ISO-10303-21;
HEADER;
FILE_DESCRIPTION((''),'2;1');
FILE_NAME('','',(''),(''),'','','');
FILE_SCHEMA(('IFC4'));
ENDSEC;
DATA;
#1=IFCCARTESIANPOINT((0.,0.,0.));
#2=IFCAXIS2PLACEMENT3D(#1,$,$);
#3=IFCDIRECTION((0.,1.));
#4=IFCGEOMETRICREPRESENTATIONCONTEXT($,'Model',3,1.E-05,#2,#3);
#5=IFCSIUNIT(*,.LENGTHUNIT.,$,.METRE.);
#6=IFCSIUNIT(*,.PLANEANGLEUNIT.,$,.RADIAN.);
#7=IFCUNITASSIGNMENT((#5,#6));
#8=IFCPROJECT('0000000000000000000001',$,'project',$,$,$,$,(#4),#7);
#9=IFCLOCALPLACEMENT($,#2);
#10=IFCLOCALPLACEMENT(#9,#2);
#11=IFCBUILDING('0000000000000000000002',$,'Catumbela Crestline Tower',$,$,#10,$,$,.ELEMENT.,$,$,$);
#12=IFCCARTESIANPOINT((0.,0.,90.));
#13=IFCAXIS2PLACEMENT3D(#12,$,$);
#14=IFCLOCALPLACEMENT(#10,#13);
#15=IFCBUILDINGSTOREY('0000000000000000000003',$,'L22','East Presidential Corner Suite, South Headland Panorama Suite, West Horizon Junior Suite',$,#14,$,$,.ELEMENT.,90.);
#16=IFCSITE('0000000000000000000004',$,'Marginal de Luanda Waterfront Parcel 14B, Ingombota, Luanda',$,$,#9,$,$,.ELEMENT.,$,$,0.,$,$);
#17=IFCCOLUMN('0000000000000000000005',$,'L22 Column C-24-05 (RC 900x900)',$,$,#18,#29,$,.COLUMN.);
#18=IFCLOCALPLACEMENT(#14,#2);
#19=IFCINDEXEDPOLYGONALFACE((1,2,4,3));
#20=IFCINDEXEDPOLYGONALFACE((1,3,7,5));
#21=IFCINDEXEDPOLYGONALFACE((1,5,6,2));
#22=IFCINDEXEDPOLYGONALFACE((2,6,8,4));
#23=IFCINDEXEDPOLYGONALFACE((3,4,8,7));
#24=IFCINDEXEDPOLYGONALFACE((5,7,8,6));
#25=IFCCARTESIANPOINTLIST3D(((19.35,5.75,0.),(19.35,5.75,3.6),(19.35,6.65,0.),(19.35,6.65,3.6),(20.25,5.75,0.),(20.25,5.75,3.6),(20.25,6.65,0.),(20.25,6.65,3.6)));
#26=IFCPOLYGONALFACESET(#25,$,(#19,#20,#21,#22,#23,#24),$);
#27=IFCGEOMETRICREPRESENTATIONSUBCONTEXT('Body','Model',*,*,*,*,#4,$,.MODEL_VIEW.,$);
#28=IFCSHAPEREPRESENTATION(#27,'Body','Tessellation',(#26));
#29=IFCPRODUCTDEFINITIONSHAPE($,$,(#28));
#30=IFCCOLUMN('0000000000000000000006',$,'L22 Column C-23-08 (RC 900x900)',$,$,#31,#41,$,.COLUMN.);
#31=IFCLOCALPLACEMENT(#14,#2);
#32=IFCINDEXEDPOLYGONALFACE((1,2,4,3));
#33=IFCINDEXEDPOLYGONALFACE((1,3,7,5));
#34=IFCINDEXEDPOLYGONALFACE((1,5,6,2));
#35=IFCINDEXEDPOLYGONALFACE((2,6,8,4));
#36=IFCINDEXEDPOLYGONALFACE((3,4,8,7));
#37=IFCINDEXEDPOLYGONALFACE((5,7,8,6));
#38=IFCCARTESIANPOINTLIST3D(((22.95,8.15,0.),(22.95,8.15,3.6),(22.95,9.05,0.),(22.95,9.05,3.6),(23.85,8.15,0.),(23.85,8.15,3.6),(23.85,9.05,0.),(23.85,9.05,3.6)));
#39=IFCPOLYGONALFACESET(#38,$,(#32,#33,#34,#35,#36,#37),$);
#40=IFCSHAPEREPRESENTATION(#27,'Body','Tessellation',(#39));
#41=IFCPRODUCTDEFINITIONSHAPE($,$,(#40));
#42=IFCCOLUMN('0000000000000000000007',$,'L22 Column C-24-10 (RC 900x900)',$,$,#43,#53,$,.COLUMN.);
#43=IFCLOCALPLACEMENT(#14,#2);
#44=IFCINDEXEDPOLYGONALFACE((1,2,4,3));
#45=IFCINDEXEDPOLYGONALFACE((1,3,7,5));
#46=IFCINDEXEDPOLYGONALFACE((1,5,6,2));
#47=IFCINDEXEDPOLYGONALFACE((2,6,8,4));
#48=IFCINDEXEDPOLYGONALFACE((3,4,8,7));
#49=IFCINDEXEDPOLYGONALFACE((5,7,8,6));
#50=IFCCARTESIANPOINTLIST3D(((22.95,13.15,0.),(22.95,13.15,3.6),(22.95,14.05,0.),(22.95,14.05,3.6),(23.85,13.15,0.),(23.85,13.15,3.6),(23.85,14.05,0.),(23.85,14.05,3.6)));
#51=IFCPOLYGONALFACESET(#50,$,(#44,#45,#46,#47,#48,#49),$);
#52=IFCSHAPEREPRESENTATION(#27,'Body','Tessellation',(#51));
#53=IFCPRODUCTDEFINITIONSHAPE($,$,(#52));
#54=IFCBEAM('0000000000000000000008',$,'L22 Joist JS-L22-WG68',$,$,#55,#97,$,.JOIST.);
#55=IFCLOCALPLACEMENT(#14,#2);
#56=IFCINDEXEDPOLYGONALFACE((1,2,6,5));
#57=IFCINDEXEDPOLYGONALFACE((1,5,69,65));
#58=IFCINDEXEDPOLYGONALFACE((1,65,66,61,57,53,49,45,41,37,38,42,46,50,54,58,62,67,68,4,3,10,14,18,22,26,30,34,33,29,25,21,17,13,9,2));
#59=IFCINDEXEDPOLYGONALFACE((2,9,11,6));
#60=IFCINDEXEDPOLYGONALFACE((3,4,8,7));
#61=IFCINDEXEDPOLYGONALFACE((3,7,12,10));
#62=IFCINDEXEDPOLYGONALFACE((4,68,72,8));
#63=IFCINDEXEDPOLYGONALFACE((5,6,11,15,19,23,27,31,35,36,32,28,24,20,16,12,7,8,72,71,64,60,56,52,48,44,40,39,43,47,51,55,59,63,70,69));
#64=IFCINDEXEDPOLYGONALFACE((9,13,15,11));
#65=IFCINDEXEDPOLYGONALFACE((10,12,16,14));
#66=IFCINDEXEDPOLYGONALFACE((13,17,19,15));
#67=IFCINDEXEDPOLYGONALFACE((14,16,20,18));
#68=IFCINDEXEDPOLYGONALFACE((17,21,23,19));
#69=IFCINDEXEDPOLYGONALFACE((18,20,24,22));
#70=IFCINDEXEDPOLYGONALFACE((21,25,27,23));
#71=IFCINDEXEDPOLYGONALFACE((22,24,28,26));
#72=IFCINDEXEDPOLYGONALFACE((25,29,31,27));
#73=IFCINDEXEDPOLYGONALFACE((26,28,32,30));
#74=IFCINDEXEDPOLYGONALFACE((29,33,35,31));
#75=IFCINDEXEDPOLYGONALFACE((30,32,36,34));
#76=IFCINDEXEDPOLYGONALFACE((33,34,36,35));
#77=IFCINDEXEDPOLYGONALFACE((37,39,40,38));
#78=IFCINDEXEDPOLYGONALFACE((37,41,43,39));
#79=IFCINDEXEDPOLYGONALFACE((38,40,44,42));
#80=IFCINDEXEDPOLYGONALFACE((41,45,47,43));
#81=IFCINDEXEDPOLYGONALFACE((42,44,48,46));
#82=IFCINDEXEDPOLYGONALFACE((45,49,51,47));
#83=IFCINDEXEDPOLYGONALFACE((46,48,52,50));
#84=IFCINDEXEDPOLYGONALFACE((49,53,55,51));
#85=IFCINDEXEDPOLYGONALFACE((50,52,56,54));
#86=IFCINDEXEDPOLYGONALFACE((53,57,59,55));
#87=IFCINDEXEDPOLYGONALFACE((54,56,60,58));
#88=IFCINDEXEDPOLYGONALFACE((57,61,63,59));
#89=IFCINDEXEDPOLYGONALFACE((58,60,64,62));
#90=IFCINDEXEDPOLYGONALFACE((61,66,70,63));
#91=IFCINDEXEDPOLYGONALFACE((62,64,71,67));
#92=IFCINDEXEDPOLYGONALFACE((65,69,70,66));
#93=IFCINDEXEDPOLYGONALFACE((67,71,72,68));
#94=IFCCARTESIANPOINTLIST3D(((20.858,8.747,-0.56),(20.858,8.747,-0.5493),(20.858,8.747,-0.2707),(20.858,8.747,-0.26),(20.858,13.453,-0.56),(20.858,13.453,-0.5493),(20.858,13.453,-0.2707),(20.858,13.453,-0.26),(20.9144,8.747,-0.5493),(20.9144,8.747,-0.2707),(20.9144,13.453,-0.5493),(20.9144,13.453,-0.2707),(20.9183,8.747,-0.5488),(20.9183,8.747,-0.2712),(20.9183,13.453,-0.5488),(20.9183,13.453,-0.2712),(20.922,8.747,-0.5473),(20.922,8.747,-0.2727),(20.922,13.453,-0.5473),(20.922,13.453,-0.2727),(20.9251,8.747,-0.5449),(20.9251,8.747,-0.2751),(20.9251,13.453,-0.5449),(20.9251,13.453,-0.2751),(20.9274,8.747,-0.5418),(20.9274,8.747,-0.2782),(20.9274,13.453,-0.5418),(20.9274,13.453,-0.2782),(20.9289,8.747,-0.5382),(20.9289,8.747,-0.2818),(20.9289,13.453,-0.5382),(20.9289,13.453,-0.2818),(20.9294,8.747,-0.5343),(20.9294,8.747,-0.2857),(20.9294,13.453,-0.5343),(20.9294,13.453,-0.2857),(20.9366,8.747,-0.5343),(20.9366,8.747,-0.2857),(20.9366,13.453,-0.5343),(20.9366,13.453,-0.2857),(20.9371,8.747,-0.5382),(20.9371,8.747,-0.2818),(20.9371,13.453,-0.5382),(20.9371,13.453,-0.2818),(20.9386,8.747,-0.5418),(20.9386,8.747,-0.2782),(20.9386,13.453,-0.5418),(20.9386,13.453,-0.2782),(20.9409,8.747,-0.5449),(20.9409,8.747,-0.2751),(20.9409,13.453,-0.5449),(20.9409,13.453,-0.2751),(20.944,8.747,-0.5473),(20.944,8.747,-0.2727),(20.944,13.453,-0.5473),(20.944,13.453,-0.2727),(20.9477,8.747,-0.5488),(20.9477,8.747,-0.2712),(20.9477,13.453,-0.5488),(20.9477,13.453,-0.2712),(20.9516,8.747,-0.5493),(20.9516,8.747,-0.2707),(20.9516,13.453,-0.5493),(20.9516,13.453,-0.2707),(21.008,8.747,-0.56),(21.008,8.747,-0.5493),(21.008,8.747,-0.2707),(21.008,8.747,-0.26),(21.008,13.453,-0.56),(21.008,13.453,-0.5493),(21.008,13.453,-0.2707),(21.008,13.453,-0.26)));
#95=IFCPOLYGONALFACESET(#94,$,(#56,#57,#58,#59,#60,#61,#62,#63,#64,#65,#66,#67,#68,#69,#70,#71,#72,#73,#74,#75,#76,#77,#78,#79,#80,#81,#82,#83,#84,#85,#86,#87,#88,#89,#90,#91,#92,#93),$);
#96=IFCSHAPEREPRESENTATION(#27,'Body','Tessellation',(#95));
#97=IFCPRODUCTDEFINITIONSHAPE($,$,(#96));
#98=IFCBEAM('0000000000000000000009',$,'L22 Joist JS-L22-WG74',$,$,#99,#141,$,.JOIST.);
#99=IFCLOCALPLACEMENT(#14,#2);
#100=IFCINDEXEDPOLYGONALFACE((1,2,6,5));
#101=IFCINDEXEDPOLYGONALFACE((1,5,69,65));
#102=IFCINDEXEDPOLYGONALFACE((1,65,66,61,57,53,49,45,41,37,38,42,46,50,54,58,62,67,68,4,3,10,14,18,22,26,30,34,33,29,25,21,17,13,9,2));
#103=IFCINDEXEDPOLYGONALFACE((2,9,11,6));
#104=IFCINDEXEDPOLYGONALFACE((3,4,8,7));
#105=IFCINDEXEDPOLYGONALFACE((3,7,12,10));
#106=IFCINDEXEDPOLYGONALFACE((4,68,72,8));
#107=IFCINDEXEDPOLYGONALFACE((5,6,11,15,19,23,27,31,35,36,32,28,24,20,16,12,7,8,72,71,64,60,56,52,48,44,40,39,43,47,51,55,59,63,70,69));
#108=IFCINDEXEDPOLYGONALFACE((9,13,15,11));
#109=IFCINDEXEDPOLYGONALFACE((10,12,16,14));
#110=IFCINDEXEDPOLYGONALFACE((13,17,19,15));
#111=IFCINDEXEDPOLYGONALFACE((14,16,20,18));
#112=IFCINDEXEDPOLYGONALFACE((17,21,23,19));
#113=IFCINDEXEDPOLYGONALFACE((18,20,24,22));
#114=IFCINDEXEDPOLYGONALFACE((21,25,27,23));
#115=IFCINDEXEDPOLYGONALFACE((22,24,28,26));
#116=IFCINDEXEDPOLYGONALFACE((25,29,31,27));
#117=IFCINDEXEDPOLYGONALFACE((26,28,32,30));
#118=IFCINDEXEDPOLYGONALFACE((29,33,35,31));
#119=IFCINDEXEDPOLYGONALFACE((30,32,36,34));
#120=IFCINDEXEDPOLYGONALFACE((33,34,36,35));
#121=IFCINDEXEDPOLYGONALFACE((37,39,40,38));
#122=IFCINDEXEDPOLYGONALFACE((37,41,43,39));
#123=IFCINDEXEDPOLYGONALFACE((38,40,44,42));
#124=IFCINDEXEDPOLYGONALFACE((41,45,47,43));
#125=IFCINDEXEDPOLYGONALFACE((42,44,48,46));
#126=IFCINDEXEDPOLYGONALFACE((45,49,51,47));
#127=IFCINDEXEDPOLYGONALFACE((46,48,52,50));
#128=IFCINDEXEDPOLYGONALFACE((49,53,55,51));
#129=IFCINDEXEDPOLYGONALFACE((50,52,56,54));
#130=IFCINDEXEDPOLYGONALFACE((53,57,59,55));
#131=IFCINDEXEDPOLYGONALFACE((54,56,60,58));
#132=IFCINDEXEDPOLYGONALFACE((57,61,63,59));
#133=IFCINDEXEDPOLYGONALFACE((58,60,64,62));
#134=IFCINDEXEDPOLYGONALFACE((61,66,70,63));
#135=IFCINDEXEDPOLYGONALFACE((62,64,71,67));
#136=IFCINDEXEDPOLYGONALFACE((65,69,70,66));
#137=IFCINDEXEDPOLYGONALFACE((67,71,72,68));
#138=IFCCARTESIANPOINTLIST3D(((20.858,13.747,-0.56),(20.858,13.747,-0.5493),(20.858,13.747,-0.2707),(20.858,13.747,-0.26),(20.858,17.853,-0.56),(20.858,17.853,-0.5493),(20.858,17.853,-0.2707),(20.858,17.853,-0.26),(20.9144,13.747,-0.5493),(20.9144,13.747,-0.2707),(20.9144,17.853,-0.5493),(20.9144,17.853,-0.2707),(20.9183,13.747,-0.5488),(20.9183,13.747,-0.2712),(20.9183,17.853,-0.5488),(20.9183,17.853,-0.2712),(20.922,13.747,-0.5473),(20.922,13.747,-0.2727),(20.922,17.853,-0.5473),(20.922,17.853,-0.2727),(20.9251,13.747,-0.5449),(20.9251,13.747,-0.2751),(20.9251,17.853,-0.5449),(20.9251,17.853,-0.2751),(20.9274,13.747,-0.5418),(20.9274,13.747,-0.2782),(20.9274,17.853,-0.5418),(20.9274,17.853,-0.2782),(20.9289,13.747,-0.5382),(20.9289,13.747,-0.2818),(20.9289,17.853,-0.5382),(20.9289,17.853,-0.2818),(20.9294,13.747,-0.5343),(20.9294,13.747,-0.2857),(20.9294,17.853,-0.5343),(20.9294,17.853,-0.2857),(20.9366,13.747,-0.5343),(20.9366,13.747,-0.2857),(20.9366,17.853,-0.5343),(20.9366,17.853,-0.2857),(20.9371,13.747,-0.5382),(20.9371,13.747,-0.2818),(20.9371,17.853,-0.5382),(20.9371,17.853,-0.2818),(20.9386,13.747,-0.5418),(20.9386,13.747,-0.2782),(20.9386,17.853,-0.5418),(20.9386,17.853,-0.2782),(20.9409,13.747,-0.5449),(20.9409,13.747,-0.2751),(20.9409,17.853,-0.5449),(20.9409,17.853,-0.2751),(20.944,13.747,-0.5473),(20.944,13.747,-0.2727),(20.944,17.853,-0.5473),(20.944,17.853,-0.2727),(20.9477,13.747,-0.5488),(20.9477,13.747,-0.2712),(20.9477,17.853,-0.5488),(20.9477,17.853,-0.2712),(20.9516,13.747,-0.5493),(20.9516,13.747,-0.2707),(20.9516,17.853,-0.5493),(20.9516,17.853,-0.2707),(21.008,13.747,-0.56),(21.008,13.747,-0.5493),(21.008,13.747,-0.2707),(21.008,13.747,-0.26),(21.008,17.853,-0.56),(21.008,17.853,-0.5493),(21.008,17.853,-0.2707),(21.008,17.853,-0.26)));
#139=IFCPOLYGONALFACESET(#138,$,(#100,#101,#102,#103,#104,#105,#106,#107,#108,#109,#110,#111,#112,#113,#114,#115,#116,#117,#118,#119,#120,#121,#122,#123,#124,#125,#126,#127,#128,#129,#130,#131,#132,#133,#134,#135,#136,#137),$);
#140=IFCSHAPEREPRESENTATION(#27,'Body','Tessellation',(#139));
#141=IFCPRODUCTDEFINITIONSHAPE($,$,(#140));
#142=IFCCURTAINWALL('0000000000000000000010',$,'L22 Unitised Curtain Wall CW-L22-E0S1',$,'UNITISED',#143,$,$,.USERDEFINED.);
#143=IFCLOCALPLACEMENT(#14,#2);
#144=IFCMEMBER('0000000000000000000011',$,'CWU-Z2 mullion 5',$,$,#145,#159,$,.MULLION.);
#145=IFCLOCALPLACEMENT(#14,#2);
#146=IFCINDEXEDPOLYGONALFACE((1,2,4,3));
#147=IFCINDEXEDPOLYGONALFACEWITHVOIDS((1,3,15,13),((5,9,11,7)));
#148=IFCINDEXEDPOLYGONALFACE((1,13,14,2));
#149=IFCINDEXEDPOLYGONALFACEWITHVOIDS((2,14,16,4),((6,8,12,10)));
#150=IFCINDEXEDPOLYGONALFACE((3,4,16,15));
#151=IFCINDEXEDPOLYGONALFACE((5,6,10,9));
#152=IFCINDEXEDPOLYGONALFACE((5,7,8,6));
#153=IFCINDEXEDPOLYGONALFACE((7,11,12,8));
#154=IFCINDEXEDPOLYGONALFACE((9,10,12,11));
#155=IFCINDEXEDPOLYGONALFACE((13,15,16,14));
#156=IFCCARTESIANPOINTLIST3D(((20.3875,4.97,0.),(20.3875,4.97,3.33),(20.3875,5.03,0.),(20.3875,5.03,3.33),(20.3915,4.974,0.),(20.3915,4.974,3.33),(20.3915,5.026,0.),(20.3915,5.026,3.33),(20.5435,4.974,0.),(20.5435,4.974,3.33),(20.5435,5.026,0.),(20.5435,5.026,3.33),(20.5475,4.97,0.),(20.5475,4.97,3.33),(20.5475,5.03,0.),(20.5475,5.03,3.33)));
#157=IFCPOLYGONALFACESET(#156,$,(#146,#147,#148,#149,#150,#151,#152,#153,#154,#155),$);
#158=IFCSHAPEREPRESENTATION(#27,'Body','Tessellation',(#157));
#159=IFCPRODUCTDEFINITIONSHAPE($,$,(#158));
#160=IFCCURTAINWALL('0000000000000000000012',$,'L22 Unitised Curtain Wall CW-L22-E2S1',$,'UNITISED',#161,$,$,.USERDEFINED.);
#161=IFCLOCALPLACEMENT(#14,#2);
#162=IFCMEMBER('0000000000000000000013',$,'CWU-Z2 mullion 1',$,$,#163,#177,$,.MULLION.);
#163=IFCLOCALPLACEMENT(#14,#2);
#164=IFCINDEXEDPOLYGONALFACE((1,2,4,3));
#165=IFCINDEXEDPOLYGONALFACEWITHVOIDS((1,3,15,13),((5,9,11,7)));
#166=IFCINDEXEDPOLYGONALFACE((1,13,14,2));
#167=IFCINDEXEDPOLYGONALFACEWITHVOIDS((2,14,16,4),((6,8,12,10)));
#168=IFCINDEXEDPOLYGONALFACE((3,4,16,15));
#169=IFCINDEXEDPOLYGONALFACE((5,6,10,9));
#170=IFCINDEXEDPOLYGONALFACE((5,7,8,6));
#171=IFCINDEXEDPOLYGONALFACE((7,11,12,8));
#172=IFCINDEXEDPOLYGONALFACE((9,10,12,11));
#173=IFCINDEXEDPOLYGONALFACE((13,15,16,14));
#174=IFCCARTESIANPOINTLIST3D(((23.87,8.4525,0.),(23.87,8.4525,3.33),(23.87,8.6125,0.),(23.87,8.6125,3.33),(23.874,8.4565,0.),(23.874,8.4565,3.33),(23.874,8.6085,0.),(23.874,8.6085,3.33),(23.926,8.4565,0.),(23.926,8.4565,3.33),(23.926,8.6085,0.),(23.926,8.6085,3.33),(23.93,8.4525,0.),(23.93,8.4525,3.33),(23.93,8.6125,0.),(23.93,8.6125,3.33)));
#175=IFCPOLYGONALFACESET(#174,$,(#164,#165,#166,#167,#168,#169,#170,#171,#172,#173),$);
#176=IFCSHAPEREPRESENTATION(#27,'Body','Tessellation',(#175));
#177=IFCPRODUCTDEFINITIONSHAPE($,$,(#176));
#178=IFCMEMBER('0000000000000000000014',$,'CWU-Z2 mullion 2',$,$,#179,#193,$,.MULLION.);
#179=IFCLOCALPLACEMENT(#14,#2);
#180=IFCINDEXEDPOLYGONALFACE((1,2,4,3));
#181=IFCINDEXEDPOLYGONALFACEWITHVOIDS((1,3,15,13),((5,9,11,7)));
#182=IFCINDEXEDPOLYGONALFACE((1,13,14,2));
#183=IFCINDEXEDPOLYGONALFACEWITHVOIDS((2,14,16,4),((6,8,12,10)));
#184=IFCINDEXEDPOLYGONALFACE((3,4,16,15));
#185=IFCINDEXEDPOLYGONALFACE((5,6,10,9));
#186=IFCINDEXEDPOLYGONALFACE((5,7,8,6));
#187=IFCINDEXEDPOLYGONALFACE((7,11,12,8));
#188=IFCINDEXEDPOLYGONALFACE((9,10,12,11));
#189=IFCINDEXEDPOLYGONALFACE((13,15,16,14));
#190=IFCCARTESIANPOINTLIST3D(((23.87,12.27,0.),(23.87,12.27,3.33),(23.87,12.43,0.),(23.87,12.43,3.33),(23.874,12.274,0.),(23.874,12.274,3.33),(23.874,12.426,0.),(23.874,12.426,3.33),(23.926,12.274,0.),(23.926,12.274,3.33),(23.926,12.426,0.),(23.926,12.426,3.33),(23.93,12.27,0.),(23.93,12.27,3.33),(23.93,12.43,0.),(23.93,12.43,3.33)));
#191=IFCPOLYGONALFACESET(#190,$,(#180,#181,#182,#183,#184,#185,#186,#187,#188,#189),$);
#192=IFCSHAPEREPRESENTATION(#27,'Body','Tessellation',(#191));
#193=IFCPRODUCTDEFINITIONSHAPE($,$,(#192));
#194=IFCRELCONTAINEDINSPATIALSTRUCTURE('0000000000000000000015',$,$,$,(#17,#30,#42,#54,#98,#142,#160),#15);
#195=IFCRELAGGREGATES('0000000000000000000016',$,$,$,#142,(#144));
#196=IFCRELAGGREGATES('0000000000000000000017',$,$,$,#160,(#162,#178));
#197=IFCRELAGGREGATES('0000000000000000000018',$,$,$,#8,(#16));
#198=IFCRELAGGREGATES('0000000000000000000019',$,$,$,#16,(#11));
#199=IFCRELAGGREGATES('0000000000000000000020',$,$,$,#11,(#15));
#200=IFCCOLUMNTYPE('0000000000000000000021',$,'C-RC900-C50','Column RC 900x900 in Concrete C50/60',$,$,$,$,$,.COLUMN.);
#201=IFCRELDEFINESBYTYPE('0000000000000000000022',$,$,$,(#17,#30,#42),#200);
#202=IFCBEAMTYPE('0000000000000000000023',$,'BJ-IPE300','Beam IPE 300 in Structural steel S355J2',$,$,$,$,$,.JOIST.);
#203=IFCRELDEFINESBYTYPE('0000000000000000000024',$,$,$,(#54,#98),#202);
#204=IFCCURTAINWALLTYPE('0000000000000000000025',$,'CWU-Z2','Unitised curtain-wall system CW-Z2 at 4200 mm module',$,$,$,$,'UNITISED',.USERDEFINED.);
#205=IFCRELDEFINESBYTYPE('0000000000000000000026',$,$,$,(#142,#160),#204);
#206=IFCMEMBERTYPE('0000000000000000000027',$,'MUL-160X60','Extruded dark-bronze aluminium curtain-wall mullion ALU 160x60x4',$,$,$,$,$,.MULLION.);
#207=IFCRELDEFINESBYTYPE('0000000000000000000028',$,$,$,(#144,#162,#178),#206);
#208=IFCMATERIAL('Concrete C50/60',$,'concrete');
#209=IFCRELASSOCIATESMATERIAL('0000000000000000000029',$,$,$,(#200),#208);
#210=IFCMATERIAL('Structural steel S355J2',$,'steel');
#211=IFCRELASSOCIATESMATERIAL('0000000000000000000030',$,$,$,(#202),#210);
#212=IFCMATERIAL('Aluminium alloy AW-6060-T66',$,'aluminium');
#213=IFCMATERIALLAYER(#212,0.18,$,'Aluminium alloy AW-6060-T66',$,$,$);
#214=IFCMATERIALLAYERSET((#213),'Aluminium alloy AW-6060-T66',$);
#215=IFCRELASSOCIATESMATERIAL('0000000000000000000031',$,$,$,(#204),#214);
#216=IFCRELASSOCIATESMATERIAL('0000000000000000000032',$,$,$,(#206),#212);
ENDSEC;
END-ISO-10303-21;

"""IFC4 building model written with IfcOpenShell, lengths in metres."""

from ifc_helpers import new_model, si_unit, direction, frame, origin, origin_2d, place, context, subcontext, project, spatial, rectangle, hollow_rectangle, i_section, extrude, material, layer, layer_set, material_profile, profile_set, type_object, element, aggregate, save


model = new_model("IFC4")

# Units and contexts
model_context = context("Model", 3, precision=1e-05, world=origin(), true_north=direction((0.0, 1.0)))
body_context = subcontext(model_context, "Body", "Model", "MODEL_VIEW")
ifc_project = project(units=[si_unit("LENGTHUNIT", "METRE"), si_unit("PLANEANGLEUNIT", "RADIAN")], contexts=[model_context])

# Site, building, storey
site_placement = place(None, origin())
site = spatial("IfcSite", under=ifc_project, at=site_placement, Name="Marginal de Luanda Waterfront Parcel 14B, Ingombota, Luanda", CompositionType="ELEMENT", RefElevation=0.0)
building_placement = place(site_placement, origin())
building = spatial("IfcBuilding", under=site, at=building_placement, Name="Catumbela Crestline Tower", CompositionType="ELEMENT")
storey_placement = place(building_placement, frame((0.0, 0.0, 90.0)))
storey = spatial("IfcBuildingStorey", under=building, at=storey_placement, Name="L22", Description="East Presidential Corner Suite, South Headland Panorama Suite, West Horizon Junior Suite", CompositionType="ELEMENT", Elevation=90.0)

# Columns
ifc_material_1 = material(Name="Concrete C50/60", Category="concrete")
ifc_material_profile_1 = material_profile(ifc_material_1, rectangle(XDim=0.9, YDim=0.9, at=origin_2d()), Name="RC 900x900")
ifc_profile_set_1 = profile_set([ifc_material_profile_1], Name="Concrete C50/60")
column_type = type_object("IfcColumnType", Name="C-RC900-C50", Description="Column RC 900x900 in Concrete C50/60", PredefinedType="COLUMN", material=ifc_profile_set_1)
for number, where, z_axis, x_axis, name in (
    (1, (19.8, 6.2, 0.0), (0.0, 0.0, 1.0), (1.0, 0.0, 0.0), "L22 Column C-24-05 (RC 900x900)"),
    (2, (23.4, 8.6, 0.0), (0.0, 0.0, 1.0), (1.0, 0.0, 0.0), "L22 Column C-23-08 (RC 900x900)"),
    (3, (23.4, 13.6, 0.0), (0.0, 0.0, 1.0), (1.0, 0.0, 0.0), "L22 Column C-24-10 (RC 900x900)"),
):
    element("IfcColumn", number, at=place(storey_placement, frame(where, z_axis=z_axis, x_axis=x_axis)), inside=storey, type_object=column_type, Name=name, PredefinedType="COLUMN", context=body_context, shape_type="SweptSolid", body=[
        extrude(rectangle(XDim=0.9, YDim=0.9, at=origin_2d()), origin(), (0.0, 0.0, 1.0), 3.6),
    ])

# Beams
ifc_material_2 = material(Name="Structural steel S355J2", Category="steel")
ifc_material_profile_2 = material_profile(ifc_material_2, i_section(OverallWidth=0.15, OverallDepth=0.3, WebThickness=0.0071, FlangeThickness=0.0107, FilletRadius=0.015, at=origin_2d()), Name="IPE 300")
ifc_profile_set_2 = profile_set([ifc_material_profile_2], Name="Structural steel S355J2")
beam_type_1 = type_object("IfcBeamType", Name="BJ-IPE300", Description="Beam IPE 300 in Structural steel S355J2", PredefinedType="JOIST", material=ifc_profile_set_2)
beam_1_placement = place(storey_placement, frame((20.933, 8.747, -0.41), z_axis=(0.0, 1.0, 0.0), x_axis=(-1.0, 0.0, 0.0)))
element("IfcBeam", 4, at=beam_1_placement, inside=storey, type_object=beam_type_1, Name="L22 Joist JS-L22-WG68", PredefinedType="JOIST", context=body_context, shape_type="SweptSolid", body=[
    extrude(i_section(OverallWidth=0.15, OverallDepth=0.3, WebThickness=0.0071, FlangeThickness=0.0107, FilletRadius=0.015, at=origin_2d()), origin(), (0.0, 0.0, 1.0), 4.706),
])
beam_2_placement = place(storey_placement, frame((20.933, 13.747, -0.41), z_axis=(0.0, 1.0, 0.0), x_axis=(-1.0, 0.0, 0.0)))
element("IfcBeam", 5, at=beam_2_placement, inside=storey, type_object=beam_type_1, Name="L22 Joist JS-L22-WG74", PredefinedType="JOIST", context=body_context, shape_type="SweptSolid", body=[
    extrude(i_section(OverallWidth=0.15, OverallDepth=0.3, WebThickness=0.0071, FlangeThickness=0.0107, FilletRadius=0.015, at=origin_2d()), origin(), (0.0, 0.0, 1.0), 4.106),
])

# Curtain wall, member
ifc_material_3 = material(Name="Aluminium alloy AW-6060-T66", Category="aluminium")
ifc_layer_1 = layer(ifc_material_3, 0.18, Name="Aluminium alloy AW-6060-T66")
ifc_layer_set_1 = layer_set([ifc_layer_1], Name="Aluminium alloy AW-6060-T66")
curtain_wall_type = type_object("IfcCurtainWallType", Name="CWU-Z2", Description="Unitised curtain-wall system CW-Z2 at 4200 mm module", ElementType="UNITISED", PredefinedType="USERDEFINED", material=ifc_layer_set_1)
curtain_wall_1_placement = place(storey_placement, origin())
curtain_wall_1 = element("IfcCurtainWall", 6, at=curtain_wall_1_placement, inside=storey, type_object=curtain_wall_type, Name="L22 Unitised Curtain Wall CW-L22-E0S1", ObjectType="UNITISED", PredefinedType="USERDEFINED")
ifc_material_profile_3 = material_profile(ifc_material_3, hollow_rectangle(XDim=0.06, YDim=0.16, WallThickness=0.004, at=origin_2d()), Name="ALU 160x60x4")
ifc_profile_set_3 = profile_set([ifc_material_profile_3], Name="Aluminium alloy AW-6060-T66")
member_type_1 = type_object("IfcMemberType", Name="MUL-160X60", Description="Extruded dark-bronze aluminium curtain-wall mullion ALU 160x60x4", PredefinedType="MULLION", material=ifc_profile_set_3)
member_1_placement = place(storey_placement, frame((20.4675, 5.0, 0.0), z_axis=(0.0, 0.0, 1.0), x_axis=(0.0, 1.0, 0.0)))
member_1 = element("IfcMember", 7, at=member_1_placement, type_object=member_type_1, Name="CWU-Z2 mullion 5", PredefinedType="MULLION", context=body_context, shape_type="SweptSolid", body=[
    extrude(hollow_rectangle(XDim=0.06, YDim=0.16, WallThickness=0.004, at=origin_2d()), origin(), (0.0, 0.0, 1.0), 3.33),
])
aggregate(curtain_wall_1, [member_1])

# Curtain wall, members
curtain_wall_2_placement = place(storey_placement, origin())
curtain_wall_2 = element("IfcCurtainWall", 8, at=curtain_wall_2_placement, inside=storey, type_object=curtain_wall_type, Name="L22 Unitised Curtain Wall CW-L22-E2S1", ObjectType="UNITISED", PredefinedType="USERDEFINED")
member_2_placement = place(storey_placement, frame((23.9, 8.5325, 0.0), z_axis=(0.0, 0.0, 1.0), x_axis=(-1.0, 0.0, 0.0)))
member_2 = element("IfcMember", 9, at=member_2_placement, type_object=member_type_1, Name="CWU-Z2 mullion 1", PredefinedType="MULLION", context=body_context, shape_type="SweptSolid", body=[
    extrude(hollow_rectangle(XDim=0.06, YDim=0.16, WallThickness=0.004, at=origin_2d()), origin(), (0.0, 0.0, 1.0), 3.33),
])
member_3_placement = place(storey_placement, frame((23.9, 12.35, 0.0), z_axis=(0.0, 0.0, 1.0), x_axis=(-1.0, 0.0, 0.0)))
member_3 = element("IfcMember", 10, at=member_3_placement, type_object=member_type_1, Name="CWU-Z2 mullion 2", PredefinedType="MULLION", context=body_context, shape_type="SweptSolid", body=[
    extrude(hollow_rectangle(XDim=0.06, YDim=0.16, WallThickness=0.004, at=origin_2d()), origin(), (0.0, 0.0, 1.0), 3.33),
])

aggregate(curtain_wall_2, [member_2, member_3])

save(model, "model.ifc")
